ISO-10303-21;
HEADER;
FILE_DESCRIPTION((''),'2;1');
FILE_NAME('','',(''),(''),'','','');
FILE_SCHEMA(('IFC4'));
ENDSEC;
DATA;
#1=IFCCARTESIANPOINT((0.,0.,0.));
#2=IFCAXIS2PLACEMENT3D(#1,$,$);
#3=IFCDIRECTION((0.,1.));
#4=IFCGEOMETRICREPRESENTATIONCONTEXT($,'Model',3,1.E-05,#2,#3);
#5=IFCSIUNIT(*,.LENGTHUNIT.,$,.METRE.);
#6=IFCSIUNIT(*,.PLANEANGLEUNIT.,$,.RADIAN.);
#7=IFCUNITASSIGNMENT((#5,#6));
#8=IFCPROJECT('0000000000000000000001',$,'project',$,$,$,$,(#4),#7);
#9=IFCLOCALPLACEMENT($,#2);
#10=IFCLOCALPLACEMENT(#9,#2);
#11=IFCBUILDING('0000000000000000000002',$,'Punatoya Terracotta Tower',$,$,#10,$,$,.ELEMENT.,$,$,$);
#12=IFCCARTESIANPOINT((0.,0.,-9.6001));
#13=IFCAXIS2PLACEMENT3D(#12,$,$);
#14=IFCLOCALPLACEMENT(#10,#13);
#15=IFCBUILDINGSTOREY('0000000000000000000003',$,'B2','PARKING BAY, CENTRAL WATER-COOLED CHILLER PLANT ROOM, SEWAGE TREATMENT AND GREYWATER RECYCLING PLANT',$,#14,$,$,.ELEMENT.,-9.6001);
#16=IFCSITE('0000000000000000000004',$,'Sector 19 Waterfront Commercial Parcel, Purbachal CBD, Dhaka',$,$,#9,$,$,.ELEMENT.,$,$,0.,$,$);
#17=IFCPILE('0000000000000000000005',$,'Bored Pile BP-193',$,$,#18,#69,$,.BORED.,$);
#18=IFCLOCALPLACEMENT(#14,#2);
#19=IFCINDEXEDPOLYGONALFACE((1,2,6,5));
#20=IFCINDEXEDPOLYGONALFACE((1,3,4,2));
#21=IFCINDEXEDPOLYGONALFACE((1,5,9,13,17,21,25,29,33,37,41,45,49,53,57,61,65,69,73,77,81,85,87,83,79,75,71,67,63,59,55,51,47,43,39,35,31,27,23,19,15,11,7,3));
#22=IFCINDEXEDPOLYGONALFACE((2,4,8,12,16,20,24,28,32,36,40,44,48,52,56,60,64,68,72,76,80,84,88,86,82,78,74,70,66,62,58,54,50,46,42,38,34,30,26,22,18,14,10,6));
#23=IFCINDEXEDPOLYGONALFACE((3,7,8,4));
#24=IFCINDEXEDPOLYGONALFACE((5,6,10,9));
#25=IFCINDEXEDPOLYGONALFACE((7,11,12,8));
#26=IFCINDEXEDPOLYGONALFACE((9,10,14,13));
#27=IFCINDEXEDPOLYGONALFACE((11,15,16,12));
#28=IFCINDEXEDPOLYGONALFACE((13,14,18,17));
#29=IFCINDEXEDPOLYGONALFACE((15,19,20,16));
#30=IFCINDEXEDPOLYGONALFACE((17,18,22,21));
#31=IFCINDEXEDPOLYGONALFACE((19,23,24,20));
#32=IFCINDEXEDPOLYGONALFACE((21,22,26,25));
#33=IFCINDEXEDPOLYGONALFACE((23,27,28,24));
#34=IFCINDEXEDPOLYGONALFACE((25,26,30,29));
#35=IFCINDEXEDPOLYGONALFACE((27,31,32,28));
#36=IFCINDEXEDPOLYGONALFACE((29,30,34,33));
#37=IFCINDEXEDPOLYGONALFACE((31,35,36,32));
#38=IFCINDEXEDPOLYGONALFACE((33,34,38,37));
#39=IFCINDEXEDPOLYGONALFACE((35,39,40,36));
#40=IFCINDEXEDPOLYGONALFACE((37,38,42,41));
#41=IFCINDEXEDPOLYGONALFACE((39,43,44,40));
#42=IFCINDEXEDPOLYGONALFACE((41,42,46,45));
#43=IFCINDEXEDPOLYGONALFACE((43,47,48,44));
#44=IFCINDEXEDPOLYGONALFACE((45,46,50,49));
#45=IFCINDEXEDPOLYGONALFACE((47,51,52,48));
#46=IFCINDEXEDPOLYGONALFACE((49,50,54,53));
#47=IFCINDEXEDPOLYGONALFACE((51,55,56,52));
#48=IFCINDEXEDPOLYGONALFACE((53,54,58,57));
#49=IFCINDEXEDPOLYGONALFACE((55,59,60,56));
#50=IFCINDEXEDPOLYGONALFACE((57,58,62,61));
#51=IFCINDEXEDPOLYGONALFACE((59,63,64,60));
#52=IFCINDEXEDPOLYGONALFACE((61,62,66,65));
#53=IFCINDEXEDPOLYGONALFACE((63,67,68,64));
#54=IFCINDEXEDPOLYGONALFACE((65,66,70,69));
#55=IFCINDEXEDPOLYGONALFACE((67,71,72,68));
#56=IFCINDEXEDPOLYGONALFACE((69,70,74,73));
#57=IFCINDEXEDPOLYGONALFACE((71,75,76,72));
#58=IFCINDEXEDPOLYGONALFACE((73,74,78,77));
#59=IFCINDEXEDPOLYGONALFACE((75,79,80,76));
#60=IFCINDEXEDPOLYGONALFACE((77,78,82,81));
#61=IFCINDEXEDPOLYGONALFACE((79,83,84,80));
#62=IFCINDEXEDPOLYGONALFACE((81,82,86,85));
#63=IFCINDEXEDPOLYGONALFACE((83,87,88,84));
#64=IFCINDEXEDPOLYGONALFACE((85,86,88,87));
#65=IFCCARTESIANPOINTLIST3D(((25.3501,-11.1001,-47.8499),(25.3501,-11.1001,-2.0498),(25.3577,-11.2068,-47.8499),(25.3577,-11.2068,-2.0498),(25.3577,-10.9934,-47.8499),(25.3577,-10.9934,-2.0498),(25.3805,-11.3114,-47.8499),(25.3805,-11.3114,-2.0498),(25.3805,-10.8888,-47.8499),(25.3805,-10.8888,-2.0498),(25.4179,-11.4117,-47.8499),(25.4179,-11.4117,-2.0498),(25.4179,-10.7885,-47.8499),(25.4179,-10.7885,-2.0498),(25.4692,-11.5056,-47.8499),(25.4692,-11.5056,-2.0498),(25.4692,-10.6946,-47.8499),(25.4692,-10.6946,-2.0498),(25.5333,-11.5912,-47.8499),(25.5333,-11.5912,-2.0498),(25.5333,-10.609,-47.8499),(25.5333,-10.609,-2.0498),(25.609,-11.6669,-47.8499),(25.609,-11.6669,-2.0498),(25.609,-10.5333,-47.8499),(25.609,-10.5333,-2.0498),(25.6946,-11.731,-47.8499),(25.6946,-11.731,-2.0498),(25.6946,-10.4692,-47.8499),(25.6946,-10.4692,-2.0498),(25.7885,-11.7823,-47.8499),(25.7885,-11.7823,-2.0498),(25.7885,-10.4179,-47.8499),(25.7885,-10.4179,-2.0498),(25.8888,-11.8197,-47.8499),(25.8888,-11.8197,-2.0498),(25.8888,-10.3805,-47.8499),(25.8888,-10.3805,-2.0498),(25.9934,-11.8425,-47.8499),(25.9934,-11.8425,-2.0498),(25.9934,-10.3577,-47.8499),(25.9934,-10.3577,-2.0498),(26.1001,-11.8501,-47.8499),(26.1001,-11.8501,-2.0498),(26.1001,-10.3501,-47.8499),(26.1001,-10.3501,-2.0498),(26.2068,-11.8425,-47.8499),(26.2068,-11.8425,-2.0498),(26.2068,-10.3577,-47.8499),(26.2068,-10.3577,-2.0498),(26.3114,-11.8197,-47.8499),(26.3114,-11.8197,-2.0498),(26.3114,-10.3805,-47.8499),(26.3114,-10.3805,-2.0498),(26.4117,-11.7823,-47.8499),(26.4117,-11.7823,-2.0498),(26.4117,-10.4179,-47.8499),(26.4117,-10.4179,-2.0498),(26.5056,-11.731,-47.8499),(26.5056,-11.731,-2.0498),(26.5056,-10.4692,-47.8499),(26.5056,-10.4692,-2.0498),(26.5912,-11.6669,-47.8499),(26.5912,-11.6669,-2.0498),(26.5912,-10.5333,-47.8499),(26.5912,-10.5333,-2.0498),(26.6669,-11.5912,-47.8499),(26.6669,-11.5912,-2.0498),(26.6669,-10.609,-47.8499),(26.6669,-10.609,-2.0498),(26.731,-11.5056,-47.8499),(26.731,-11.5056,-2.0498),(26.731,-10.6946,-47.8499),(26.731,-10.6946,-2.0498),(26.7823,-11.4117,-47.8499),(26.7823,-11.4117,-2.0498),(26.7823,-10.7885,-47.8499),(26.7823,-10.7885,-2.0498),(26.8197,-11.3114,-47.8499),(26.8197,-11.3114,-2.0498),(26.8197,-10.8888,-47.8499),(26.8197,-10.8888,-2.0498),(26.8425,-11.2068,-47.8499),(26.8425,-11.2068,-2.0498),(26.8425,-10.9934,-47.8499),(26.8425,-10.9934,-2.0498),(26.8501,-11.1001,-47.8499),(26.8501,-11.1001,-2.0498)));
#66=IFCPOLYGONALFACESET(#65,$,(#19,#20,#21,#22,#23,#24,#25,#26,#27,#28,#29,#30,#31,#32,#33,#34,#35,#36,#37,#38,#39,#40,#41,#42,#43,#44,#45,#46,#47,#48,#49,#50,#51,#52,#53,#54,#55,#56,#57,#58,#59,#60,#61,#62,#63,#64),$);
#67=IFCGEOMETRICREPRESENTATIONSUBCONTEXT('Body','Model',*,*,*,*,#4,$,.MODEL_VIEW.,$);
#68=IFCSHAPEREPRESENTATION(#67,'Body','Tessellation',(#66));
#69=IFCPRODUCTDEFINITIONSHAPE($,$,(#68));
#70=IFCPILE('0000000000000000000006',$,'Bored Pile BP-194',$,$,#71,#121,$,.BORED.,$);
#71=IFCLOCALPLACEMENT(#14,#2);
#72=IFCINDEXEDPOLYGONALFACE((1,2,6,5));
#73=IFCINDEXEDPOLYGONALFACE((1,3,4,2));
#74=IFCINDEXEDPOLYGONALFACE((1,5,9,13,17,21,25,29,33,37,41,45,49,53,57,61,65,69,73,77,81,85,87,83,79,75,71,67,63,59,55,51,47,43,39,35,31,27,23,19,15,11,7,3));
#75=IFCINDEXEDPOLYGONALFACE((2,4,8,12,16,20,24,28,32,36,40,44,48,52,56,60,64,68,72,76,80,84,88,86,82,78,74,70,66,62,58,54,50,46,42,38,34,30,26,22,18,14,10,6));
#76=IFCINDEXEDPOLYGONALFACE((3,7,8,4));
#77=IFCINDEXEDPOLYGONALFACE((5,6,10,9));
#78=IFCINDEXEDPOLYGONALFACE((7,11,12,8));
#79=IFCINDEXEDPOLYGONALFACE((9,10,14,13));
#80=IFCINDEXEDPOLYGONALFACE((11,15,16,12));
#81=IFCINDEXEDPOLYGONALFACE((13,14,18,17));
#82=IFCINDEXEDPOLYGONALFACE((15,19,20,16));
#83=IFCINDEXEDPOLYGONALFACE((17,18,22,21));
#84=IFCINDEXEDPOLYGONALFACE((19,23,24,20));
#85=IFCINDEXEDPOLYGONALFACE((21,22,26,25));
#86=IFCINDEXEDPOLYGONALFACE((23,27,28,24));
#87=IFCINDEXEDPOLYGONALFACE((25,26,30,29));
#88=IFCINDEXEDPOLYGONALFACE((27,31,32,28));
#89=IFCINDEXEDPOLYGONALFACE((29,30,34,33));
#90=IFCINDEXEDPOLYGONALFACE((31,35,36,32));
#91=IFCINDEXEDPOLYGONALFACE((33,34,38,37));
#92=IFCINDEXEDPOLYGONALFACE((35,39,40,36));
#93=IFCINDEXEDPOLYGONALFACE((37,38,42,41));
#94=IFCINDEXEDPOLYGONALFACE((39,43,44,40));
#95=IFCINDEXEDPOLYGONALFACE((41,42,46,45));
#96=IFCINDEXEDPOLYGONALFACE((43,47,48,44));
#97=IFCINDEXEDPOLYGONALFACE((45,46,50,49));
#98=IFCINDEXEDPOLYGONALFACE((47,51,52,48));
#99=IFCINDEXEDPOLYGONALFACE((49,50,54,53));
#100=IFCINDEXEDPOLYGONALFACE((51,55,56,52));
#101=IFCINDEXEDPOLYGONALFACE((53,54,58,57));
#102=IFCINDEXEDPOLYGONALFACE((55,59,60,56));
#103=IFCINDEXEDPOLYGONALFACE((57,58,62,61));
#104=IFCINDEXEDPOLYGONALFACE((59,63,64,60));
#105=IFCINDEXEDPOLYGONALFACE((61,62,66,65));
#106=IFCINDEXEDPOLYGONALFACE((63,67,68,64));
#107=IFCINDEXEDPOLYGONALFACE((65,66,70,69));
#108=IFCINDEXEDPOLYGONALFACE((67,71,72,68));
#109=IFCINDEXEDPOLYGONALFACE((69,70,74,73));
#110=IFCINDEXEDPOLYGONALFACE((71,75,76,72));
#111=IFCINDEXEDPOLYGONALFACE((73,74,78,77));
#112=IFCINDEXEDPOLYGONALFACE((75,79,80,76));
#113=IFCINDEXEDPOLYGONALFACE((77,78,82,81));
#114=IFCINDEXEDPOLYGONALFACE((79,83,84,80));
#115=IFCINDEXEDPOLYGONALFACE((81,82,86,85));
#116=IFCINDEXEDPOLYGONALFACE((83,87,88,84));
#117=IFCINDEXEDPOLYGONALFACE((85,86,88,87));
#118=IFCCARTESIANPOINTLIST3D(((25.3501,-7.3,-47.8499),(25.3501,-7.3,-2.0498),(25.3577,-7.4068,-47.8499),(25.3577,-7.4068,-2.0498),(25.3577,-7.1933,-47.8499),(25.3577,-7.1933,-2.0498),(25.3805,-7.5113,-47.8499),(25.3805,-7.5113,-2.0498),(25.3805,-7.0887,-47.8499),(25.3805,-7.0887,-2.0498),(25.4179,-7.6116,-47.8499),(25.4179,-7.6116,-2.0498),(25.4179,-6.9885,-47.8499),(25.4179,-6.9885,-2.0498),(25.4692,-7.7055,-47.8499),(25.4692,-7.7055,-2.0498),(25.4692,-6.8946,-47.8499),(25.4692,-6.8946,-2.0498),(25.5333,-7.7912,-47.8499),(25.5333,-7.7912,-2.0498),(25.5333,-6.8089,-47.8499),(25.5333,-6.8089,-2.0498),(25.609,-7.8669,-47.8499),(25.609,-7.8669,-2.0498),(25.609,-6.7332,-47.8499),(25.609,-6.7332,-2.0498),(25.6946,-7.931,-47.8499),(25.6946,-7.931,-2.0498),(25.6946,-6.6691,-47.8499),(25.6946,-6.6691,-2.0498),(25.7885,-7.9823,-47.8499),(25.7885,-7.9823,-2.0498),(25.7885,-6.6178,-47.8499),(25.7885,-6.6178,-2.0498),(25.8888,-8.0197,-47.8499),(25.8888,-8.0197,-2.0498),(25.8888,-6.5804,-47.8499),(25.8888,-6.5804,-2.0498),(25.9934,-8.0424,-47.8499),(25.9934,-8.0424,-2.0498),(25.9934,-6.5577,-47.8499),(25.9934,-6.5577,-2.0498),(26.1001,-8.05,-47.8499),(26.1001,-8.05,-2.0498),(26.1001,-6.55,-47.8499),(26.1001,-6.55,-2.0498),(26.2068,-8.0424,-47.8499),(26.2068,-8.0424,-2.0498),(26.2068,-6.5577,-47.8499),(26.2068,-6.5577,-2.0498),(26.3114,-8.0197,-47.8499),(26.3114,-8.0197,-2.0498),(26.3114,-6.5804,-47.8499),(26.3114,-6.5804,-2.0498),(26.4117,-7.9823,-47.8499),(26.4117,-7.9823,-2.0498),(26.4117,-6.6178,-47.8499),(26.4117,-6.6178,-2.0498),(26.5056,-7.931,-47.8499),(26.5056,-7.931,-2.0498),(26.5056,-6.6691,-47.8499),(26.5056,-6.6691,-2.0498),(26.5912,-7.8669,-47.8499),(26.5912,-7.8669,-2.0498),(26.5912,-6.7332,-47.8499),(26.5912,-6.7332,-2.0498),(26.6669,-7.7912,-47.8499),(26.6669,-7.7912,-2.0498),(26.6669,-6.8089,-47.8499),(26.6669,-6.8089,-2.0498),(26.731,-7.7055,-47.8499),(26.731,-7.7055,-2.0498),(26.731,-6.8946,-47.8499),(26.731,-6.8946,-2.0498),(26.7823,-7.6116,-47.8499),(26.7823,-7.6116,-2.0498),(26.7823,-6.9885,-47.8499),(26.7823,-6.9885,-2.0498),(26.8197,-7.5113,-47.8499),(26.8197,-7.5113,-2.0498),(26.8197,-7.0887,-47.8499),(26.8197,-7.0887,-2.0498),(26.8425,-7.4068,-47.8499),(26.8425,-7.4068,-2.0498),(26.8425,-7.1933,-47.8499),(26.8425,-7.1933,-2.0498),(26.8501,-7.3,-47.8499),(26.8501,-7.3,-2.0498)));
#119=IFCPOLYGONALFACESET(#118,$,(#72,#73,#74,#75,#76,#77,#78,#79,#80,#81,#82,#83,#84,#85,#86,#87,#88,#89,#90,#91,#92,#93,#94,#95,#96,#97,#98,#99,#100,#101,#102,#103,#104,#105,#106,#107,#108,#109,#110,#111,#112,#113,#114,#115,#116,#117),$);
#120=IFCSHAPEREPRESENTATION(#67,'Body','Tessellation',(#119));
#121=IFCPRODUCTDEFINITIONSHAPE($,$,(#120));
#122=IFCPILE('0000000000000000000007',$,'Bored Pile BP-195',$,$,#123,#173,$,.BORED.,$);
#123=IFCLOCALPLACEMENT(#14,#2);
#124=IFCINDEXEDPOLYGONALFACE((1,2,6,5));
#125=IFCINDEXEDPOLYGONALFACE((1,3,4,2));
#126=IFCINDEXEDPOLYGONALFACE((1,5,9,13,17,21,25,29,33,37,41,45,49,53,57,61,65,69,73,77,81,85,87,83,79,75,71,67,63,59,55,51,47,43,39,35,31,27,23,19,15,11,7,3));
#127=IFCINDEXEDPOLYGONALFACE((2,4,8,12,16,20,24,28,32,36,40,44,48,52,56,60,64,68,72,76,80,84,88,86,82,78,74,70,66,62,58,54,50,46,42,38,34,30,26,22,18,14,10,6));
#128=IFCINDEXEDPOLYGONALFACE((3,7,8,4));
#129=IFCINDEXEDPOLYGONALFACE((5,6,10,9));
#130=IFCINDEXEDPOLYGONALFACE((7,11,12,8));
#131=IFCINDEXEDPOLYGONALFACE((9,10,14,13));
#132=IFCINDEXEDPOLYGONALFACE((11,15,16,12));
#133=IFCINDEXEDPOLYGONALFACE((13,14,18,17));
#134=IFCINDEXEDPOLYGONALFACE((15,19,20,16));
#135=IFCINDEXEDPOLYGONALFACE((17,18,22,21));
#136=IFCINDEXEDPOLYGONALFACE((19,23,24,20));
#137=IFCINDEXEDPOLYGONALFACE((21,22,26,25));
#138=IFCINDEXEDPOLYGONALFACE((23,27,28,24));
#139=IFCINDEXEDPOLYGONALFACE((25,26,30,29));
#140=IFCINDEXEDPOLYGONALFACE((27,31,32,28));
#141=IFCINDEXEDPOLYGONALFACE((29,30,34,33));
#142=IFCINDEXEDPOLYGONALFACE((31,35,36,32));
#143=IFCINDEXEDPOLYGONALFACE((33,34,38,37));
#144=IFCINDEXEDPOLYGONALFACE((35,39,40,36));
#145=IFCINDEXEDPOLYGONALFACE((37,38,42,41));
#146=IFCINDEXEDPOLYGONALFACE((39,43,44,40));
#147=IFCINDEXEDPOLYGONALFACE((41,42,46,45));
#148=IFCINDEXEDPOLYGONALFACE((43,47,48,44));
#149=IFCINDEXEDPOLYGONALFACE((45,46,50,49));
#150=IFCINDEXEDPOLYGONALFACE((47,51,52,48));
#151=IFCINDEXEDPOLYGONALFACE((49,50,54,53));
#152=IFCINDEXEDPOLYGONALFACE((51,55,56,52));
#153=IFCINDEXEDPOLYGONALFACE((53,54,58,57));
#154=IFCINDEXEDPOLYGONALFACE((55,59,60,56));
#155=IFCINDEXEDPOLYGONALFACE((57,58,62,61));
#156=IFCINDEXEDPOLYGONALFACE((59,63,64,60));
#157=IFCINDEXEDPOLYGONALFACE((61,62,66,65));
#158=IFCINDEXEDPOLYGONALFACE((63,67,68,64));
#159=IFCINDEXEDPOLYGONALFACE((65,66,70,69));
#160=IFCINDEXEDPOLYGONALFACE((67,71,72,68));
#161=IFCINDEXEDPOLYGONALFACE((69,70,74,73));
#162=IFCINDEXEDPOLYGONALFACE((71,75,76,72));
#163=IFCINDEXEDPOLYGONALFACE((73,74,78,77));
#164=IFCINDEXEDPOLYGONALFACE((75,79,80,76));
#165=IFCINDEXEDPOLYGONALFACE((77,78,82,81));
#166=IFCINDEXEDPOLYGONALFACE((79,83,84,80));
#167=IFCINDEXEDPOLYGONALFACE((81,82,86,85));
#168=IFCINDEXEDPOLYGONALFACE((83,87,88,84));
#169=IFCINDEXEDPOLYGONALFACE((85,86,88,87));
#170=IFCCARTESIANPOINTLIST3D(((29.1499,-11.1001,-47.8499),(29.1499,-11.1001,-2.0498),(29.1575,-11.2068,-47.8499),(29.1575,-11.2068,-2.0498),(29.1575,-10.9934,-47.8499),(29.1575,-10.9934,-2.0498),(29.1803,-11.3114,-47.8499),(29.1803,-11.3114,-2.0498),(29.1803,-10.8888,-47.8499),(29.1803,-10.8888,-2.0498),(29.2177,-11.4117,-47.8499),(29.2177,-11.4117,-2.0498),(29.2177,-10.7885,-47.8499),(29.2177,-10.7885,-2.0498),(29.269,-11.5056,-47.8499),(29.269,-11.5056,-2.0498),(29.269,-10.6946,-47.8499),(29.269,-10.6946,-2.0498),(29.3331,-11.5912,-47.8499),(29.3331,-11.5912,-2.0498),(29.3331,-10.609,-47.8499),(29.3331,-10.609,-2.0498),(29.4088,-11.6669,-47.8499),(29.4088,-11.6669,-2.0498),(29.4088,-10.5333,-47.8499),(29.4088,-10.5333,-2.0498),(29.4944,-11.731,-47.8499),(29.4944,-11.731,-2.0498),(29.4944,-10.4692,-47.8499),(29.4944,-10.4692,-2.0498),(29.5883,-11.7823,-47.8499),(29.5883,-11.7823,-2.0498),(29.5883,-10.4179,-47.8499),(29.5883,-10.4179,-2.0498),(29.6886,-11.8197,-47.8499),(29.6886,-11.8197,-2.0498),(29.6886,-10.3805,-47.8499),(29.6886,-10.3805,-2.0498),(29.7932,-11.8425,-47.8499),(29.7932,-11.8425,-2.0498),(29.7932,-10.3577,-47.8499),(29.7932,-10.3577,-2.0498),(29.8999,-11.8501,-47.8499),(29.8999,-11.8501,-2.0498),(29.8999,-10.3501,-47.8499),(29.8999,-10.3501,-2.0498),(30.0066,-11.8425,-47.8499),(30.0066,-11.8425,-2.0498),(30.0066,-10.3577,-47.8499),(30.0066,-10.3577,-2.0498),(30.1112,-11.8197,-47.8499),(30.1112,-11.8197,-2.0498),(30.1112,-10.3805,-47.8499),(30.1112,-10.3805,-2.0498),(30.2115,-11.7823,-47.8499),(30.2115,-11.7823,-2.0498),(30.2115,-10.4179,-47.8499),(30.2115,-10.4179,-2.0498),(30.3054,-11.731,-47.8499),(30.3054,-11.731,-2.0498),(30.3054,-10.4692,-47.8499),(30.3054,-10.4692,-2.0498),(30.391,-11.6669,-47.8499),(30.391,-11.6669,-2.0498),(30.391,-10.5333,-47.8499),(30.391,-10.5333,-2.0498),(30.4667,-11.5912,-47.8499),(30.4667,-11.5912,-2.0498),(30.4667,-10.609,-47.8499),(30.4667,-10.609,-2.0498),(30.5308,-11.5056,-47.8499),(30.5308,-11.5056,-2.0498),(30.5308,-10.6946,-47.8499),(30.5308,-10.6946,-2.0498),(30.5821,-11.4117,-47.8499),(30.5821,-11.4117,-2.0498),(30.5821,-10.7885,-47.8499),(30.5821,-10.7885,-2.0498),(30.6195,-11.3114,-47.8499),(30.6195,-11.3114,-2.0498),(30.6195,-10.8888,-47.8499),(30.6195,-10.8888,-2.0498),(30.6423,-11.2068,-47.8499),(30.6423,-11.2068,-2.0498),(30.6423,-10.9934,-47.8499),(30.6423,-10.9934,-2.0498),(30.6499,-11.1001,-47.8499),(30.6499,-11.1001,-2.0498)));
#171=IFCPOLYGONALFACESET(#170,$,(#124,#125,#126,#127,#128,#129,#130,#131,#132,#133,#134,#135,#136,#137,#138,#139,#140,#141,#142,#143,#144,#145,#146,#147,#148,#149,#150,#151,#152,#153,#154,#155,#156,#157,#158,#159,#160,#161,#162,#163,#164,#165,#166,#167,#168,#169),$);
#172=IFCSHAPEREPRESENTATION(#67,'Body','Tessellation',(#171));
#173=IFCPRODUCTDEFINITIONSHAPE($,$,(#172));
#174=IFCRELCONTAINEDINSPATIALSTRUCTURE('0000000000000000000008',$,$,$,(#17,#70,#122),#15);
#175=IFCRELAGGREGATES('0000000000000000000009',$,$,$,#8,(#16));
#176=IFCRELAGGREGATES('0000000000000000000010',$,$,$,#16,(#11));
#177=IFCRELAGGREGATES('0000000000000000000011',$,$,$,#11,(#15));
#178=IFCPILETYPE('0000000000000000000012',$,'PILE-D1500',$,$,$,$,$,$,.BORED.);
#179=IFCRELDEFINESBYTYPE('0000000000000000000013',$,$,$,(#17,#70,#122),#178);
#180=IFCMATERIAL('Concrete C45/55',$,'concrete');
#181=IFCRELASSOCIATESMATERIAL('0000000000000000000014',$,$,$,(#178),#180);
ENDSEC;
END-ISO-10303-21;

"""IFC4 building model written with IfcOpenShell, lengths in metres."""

from ifc_helpers import new_model, si_unit, direction, frame, origin, origin_2d, place, context, subcontext, project, spatial, circle, extrude, material, material_profile, profile_set, type_object, element, save


model = new_model("IFC4")

# Units and contexts
model_context = context("Model", 3, precision=1e-05, world=origin(), true_north=direction((0.0, 1.0)))
body_context = subcontext(model_context, "Body", "Model", "MODEL_VIEW")
ifc_project = project(units=[si_unit("LENGTHUNIT", "METRE"), si_unit("PLANEANGLEUNIT", "RADIAN")], contexts=[model_context])

# Site, building, storey
site_placement = place(None, origin())
site = spatial("IfcSite", under=ifc_project, at=site_placement, Name="Sector 19 Waterfront Commercial Parcel, Purbachal CBD, Dhaka", CompositionType="ELEMENT", RefElevation=0.0)
building_placement = place(site_placement, origin())
building = spatial("IfcBuilding", under=site, at=building_placement, Name="Punatoya Terracotta Tower", CompositionType="ELEMENT")
storey_placement = place(building_placement, frame((0.0, 0.0, -9.6001)))
storey = spatial("IfcBuildingStorey", under=building, at=storey_placement, Name="B2", Description="PARKING BAY, CENTRAL WATER-COOLED CHILLER PLANT ROOM, SEWAGE TREATMENT AND GREYWATER RECYCLING PLANT", CompositionType="ELEMENT", Elevation=-9.6001)

# Shared definitions
ifc_material_1 = material(Name="Concrete C45/55", Category="concrete")

# Piles
ifc_material_profile_1 = material_profile(ifc_material_1, circle(Radius=0.75, at=origin_2d()))
ifc_profile_set_1 = profile_set([ifc_material_profile_1], Name="Concrete C45/55")
pile_type_1 = type_object("IfcPileType", Name="PILE-D1500", PredefinedType="BORED", material=ifc_profile_set_1)
for number, where, z_axis, x_axis, name in (
    (1, (26.1001, -11.1001, -2.0498), (0.0, 0.0, -1.0), (1.0, 0.0, 0.0), "Bored Pile BP-193"),
    (2, (26.1001, -7.3, -2.0498), (0.0, 0.0, -1.0), (1.0, 0.0, 0.0), "Bored Pile BP-194"),
    (3, (29.8999, -11.1001, -2.0498), (0.0, 0.0, -1.0), (1.0, 0.0, 0.0), "Bored Pile BP-195"),
):
    element("IfcPile", number, at=place(storey_placement, frame(where, z_axis=z_axis, x_axis=x_axis)), inside=storey, type_object=pile_type_1, Name=name, PredefinedType="BORED", context=body_context, shape_type="SweptSolid", body=[
        extrude(circle(Radius=0.75, at=origin_2d()), origin(), (0.0, 0.0, 1.0), 45.8),
    ])

save(model, "model.ifc")
